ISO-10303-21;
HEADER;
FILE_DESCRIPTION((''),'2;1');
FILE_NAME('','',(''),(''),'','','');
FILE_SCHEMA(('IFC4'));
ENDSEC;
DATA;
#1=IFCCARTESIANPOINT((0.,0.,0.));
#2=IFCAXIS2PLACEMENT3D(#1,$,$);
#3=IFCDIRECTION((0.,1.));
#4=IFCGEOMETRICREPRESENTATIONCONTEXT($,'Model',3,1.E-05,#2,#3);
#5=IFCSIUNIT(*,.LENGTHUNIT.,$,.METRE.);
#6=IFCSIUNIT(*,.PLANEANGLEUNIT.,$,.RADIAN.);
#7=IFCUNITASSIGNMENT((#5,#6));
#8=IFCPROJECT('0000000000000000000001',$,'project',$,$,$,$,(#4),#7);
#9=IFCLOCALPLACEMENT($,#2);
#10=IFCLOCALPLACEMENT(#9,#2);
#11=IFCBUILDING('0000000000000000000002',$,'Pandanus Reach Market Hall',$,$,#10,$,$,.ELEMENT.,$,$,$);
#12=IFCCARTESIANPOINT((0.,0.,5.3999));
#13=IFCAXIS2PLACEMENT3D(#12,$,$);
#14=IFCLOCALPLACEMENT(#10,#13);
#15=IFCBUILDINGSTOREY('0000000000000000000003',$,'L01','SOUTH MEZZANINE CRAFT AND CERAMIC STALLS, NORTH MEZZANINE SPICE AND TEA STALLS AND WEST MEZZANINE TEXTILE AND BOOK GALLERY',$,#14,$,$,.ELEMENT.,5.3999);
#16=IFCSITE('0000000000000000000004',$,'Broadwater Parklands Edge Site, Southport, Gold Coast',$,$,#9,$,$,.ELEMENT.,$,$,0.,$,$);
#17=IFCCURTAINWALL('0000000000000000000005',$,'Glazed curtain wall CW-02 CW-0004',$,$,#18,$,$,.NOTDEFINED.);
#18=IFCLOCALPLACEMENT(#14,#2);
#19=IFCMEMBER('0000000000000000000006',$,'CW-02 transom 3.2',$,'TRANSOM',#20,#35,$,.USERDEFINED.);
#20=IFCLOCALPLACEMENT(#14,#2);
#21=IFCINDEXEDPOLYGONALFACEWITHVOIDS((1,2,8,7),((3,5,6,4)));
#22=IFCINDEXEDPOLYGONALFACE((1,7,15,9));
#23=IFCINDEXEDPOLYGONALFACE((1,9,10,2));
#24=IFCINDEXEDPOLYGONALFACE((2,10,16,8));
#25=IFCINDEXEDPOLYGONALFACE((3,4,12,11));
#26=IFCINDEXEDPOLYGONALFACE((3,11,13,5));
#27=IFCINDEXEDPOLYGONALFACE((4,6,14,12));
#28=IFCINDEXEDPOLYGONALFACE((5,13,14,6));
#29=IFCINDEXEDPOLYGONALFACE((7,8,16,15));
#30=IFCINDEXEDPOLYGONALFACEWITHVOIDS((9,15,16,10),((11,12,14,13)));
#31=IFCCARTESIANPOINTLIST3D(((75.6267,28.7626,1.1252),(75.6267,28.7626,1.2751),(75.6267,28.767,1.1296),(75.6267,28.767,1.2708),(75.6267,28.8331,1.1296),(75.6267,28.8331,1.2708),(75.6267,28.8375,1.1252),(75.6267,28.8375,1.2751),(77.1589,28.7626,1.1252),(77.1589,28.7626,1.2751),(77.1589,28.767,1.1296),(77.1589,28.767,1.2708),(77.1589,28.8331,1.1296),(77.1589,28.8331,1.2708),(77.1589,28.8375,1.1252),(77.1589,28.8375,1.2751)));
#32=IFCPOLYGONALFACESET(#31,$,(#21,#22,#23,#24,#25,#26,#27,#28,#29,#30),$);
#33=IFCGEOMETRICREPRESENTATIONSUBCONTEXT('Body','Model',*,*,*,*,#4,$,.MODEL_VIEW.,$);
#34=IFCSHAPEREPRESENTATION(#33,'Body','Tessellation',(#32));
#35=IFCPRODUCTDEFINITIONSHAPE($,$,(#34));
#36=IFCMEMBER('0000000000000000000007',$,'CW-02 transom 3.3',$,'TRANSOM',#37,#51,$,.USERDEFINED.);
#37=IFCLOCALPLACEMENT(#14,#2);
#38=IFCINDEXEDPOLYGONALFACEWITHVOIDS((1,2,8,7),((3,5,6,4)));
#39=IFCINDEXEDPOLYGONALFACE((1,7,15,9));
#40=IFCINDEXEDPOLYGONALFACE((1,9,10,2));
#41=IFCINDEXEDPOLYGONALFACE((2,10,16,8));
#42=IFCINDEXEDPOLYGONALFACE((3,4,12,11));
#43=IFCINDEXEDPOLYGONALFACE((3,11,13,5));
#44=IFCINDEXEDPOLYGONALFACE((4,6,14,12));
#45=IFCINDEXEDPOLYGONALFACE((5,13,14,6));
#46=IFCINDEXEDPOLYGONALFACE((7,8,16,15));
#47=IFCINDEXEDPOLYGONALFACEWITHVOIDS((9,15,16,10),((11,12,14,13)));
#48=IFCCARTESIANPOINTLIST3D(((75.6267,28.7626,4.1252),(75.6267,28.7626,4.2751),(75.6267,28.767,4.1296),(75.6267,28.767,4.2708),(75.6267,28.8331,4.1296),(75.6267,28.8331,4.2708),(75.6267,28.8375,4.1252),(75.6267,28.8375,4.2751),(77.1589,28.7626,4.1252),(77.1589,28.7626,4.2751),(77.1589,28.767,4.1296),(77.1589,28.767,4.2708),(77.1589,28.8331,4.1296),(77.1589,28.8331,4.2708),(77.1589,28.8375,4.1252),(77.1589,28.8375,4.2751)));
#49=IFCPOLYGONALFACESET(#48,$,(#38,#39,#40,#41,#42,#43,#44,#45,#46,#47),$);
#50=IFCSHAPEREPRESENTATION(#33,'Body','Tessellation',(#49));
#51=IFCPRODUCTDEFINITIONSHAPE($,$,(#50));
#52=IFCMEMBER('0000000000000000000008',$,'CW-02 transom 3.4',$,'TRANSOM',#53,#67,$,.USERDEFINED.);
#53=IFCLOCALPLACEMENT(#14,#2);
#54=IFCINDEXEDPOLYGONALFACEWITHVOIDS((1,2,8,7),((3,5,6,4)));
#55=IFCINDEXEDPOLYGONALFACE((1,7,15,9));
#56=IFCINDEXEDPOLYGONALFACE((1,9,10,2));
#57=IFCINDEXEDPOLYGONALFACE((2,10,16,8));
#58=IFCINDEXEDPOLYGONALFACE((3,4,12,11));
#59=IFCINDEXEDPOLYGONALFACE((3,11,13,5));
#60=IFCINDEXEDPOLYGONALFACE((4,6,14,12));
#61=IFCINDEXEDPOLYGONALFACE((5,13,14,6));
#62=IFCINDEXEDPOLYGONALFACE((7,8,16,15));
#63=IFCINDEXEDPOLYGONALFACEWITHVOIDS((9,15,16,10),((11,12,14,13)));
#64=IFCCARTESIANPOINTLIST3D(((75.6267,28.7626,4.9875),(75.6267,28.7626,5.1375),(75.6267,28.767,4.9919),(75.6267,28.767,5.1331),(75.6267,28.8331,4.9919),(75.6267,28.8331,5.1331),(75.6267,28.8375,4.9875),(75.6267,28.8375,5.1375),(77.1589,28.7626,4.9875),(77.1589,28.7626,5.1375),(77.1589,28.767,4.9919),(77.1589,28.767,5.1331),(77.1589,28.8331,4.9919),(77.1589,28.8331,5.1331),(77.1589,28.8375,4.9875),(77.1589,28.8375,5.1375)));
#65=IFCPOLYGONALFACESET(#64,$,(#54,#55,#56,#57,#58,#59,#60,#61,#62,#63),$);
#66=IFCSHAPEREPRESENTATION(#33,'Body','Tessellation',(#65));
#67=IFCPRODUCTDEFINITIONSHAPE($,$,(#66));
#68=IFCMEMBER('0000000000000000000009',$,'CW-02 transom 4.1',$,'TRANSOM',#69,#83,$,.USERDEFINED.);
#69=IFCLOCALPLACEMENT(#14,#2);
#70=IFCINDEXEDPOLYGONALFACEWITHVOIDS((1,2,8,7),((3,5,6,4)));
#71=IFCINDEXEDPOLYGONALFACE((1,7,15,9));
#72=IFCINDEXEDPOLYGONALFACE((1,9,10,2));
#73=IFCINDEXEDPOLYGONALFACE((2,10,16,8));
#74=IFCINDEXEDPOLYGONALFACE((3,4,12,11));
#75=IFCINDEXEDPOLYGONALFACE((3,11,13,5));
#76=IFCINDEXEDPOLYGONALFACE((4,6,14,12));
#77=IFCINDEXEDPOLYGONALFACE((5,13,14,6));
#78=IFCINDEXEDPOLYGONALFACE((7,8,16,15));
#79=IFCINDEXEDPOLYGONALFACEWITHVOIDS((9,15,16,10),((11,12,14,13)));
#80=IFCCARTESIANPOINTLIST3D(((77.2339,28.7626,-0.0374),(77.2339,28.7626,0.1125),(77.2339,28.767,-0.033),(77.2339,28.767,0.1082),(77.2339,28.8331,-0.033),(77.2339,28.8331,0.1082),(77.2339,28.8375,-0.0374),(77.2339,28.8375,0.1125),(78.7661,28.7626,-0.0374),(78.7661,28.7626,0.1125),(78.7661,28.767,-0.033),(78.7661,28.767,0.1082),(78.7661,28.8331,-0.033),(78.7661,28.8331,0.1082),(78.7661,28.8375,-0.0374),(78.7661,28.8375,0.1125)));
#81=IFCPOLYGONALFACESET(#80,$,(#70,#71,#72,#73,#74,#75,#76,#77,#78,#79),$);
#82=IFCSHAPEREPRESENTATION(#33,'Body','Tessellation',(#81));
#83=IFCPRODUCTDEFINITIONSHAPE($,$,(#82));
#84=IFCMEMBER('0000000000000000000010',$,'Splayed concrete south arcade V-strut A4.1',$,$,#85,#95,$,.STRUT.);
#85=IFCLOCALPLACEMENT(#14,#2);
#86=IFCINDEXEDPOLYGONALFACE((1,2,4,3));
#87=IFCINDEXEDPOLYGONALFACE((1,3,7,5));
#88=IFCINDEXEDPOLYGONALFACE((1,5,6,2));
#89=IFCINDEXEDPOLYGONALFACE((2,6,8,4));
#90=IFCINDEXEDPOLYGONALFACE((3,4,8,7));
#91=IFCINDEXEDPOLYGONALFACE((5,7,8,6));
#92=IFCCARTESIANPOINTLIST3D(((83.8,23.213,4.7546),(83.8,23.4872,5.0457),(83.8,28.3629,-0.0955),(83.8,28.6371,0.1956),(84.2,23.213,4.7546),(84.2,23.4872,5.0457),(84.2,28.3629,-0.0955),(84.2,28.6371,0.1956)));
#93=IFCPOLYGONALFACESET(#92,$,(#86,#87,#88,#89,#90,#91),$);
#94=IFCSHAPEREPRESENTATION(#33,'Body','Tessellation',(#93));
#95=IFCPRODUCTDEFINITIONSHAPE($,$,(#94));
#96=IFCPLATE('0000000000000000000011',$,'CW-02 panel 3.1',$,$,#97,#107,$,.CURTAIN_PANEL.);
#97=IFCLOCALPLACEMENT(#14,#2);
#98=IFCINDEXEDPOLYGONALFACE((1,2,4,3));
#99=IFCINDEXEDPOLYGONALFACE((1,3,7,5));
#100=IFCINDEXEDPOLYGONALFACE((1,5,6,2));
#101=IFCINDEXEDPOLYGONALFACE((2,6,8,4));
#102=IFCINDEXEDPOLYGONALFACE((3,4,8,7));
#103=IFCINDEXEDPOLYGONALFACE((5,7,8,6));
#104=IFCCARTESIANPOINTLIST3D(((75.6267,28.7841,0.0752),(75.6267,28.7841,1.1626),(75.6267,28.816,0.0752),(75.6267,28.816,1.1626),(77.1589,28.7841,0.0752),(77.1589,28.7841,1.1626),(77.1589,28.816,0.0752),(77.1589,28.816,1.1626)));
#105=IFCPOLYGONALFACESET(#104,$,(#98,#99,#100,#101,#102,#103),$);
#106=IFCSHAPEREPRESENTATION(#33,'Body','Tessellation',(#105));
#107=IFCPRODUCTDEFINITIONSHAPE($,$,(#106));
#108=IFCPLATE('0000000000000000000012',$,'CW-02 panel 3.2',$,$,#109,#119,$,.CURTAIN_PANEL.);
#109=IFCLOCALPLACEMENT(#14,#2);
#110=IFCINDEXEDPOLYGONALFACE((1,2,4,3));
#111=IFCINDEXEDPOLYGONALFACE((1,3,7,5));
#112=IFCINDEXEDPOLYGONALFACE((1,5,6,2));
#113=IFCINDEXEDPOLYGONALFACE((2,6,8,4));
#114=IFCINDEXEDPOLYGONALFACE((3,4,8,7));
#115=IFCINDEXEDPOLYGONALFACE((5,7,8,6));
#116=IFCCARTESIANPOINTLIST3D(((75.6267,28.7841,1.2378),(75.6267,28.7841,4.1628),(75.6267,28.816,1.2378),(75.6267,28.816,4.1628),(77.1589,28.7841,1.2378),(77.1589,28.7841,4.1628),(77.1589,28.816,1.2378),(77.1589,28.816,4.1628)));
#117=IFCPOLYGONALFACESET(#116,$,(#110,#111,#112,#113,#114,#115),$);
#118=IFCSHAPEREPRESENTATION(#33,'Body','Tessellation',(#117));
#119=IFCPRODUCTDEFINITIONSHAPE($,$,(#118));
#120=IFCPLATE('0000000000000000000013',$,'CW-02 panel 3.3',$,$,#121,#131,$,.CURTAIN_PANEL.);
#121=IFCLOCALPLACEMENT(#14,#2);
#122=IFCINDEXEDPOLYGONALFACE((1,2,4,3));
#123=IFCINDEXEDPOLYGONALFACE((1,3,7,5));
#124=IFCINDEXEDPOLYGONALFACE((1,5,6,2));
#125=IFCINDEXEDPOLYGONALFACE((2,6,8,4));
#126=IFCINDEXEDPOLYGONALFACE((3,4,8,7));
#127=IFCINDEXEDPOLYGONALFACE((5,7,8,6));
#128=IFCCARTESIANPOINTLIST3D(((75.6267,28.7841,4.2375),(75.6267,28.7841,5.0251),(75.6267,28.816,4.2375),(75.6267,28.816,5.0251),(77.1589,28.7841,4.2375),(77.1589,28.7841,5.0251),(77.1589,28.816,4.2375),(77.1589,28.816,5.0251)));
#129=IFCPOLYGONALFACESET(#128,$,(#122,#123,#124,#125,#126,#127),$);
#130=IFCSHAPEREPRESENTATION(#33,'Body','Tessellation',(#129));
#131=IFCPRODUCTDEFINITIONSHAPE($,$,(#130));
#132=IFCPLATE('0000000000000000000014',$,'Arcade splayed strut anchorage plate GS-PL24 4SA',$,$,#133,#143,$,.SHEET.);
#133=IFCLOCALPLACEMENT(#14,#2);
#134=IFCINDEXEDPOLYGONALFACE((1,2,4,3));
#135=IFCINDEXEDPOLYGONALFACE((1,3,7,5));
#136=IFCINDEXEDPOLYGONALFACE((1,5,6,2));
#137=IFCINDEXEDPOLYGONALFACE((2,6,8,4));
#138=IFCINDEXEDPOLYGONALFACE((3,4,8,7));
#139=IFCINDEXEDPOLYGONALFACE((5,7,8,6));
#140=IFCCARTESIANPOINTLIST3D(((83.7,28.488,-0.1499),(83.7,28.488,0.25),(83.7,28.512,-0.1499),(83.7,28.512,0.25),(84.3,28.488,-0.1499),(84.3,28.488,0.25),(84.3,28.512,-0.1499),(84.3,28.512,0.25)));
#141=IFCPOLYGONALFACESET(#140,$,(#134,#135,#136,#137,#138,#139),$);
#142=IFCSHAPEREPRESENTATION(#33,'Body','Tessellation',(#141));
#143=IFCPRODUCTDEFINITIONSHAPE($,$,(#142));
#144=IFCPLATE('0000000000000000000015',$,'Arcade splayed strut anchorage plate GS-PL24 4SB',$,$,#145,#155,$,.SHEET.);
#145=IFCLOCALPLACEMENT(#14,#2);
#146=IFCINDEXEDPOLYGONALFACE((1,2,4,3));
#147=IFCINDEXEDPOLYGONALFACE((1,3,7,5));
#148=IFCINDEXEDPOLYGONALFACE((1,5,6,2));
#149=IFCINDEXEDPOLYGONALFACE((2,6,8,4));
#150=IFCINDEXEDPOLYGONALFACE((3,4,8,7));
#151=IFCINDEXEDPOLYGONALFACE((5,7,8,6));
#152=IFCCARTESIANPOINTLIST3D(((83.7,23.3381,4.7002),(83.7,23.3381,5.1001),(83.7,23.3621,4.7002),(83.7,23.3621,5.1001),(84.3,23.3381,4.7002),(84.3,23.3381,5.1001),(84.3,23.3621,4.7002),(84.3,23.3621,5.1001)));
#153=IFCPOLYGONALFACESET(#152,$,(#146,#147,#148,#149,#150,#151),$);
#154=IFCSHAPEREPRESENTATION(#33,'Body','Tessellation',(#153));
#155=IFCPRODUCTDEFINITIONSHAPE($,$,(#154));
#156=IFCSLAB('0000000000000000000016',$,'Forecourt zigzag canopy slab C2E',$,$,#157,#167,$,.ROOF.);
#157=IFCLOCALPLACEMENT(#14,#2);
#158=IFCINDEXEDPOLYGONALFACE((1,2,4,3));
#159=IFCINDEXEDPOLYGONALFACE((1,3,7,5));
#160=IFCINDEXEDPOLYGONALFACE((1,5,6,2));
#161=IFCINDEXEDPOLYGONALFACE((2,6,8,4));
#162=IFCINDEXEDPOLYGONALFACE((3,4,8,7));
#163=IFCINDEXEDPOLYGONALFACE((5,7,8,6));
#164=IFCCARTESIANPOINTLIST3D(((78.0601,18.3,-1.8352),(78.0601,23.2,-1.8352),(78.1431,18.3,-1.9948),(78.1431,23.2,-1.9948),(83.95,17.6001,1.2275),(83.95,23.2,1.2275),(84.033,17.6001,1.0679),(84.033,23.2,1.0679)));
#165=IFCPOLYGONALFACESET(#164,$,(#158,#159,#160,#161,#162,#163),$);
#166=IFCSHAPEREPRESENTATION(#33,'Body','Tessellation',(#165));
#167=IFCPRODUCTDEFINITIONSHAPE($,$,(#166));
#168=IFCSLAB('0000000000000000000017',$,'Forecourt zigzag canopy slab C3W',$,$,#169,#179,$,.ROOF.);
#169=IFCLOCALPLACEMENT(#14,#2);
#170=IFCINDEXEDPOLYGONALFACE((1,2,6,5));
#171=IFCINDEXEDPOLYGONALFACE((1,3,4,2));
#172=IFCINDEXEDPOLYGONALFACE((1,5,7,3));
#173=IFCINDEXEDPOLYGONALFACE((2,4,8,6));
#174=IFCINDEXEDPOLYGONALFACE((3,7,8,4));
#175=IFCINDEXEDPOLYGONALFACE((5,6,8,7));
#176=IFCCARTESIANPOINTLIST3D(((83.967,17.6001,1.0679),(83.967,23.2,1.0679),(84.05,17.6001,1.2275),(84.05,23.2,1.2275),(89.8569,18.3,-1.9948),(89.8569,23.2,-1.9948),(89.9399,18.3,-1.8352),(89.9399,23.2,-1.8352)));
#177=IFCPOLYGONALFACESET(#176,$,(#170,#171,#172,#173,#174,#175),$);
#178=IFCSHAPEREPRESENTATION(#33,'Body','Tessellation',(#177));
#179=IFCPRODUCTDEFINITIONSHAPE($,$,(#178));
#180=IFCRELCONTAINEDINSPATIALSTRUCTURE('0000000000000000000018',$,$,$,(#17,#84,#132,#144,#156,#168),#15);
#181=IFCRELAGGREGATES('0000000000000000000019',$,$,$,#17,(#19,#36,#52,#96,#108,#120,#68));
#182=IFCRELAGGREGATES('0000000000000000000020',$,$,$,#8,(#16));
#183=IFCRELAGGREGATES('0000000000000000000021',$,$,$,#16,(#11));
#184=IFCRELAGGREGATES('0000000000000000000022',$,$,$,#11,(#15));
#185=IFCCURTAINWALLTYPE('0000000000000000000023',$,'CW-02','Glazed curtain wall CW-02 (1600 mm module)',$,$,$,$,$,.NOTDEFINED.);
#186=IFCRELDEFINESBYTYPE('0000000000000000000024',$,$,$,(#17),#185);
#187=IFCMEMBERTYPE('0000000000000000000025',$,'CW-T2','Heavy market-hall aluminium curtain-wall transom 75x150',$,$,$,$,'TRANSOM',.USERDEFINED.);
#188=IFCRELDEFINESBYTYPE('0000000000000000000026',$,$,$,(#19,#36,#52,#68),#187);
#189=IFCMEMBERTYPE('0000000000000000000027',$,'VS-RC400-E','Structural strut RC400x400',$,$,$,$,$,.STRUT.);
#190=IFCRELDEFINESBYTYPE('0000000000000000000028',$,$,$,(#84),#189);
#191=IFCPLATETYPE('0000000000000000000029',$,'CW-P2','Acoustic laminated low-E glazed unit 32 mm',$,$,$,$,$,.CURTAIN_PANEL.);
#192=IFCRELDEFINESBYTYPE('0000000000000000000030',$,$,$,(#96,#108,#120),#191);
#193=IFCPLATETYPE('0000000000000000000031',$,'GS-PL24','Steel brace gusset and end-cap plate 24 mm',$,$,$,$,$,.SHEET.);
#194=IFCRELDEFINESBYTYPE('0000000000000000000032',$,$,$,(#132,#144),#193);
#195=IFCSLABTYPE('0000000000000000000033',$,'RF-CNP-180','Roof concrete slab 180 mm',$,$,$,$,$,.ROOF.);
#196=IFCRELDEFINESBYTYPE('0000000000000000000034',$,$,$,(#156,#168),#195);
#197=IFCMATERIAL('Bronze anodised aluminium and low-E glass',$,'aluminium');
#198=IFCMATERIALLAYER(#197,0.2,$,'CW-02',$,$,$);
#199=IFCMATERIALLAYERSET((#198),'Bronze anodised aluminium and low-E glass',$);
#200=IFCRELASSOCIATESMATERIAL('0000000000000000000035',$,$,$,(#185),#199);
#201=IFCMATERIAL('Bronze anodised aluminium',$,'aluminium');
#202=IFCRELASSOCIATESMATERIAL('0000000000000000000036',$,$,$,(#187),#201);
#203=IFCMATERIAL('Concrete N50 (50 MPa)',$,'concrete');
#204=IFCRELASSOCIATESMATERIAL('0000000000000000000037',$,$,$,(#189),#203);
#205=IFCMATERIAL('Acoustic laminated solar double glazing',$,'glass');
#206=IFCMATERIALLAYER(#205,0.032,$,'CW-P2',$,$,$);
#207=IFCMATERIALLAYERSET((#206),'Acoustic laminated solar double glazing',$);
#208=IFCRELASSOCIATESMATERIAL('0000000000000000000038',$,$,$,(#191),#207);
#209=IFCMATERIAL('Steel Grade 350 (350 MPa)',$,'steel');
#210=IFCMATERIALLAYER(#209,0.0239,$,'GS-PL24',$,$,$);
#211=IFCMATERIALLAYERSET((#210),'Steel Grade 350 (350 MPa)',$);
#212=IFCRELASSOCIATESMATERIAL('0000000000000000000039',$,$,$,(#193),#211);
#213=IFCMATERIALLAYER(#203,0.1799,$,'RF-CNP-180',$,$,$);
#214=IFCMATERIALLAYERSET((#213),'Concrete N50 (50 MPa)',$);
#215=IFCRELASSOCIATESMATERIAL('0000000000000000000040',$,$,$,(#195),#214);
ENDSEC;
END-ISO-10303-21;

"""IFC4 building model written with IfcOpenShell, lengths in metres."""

from ifc_helpers import new_model, si_unit, direction, frame, origin, origin_2d, place, context, subcontext, project, spatial, polyline, rectangle, hollow_rectangle, outline, extrude, material, layer, layer_set, material_profile, profile_set, type_object, element, aggregate, save


model = new_model("IFC4")

# Units and contexts
model_context = context("Model", 3, precision=1e-05, world=origin(), true_north=direction((0.0, 1.0)))
body_context = subcontext(model_context, "Body", "Model", "MODEL_VIEW")
ifc_project = project(units=[si_unit("LENGTHUNIT", "METRE"), si_unit("PLANEANGLEUNIT", "RADIAN")], contexts=[model_context])

# Site, building, storey
site_placement = place(None, origin())
site = spatial("IfcSite", under=ifc_project, at=site_placement, Name="Broadwater Parklands Edge Site, Southport, Gold Coast", CompositionType="ELEMENT", RefElevation=0.0)
building_placement = place(site_placement, origin())
building = spatial("IfcBuilding", under=site, at=building_placement, Name="Pandanus Reach Market Hall", CompositionType="ELEMENT")
storey_placement = place(building_placement, frame((0.0, 0.0, 5.3999)))
storey = spatial("IfcBuildingStorey", under=building, at=storey_placement, Name="L01", Description="SOUTH MEZZANINE CRAFT AND CERAMIC STALLS, NORTH MEZZANINE SPICE AND TEA STALLS AND WEST MEZZANINE TEXTILE AND BOOK GALLERY", CompositionType="ELEMENT", Elevation=5.3999)

# Shared definitions
ifc_material_1 = material(Name="Concrete N50 (50 MPa)", Category="concrete")

# Shared definitions
ifc_material_2 = material(Name="Steel Grade 350 (350 MPa)", Category="steel")

# Curtain wall, members
ifc_material_3 = material(Name="Bronze anodised aluminium and low-E glass", Category="aluminium")
ifc_layer_1 = layer(ifc_material_3, 0.2, Name="CW-02")
ifc_layer_set_1 = layer_set([ifc_layer_1], Name="Bronze anodised aluminium and low-E glass")
curtain_wall_type = type_object("IfcCurtainWallType", Name="CW-02", Description="Glazed curtain wall CW-02 (1600 mm module)", PredefinedType="NOTDEFINED", material=ifc_layer_set_1)
curtain_wall_placement = place(storey_placement, origin())
curtain_wall = element("IfcCurtainWall", 1, at=curtain_wall_placement, inside=storey, type_object=curtain_wall_type, Name="Glazed curtain wall CW-02 CW-0004", PredefinedType="NOTDEFINED")
ifc_material_4 = material(Name="Bronze anodised aluminium", Category="aluminium")
ifc_material_profile_1 = material_profile(ifc_material_4, hollow_rectangle(XDim=0.075, YDim=0.1499, WallThickness=0.0044, at=origin_2d()), Name="ALU75x150", Category="LoadBearing")
ifc_profile_set_1 = profile_set([ifc_material_profile_1], Name="Bronze anodised aluminium")
member_type_1 = type_object("IfcMemberType", Name="CW-T2", Description="Heavy market-hall aluminium curtain-wall transom 75x150", ElementType="TRANSOM", PredefinedType="USERDEFINED", material=ifc_profile_set_1)
member_1_placement = place(storey_placement, frame((75.6267, 28.8, 1.2002), z_axis=(1.0, 0.0, 0.0), x_axis=(0.0, 1.0, 0.0)))
member_1 = element("IfcMember", 2, at=member_1_placement, type_object=member_type_1, Name="CW-02 transom 3.2", ObjectType="TRANSOM", PredefinedType="USERDEFINED", context=body_context, shape_type="SweptSolid", body=[
    extrude(hollow_rectangle(XDim=0.075, YDim=0.1499, WallThickness=0.0044, at=origin_2d()), origin(), (0.0, 0.0, 1.0), 1.5322),
])
member_2_placement = place(storey_placement, frame((75.6267, 28.8, 4.2002), z_axis=(1.0, 0.0, 0.0), x_axis=(0.0, 1.0, 0.0)))
member_2 = element("IfcMember", 3, at=member_2_placement, type_object=member_type_1, Name="CW-02 transom 3.3", ObjectType="TRANSOM", PredefinedType="USERDEFINED", context=body_context, shape_type="SweptSolid", body=[
    extrude(hollow_rectangle(XDim=0.075, YDim=0.1499, WallThickness=0.0044, at=origin_2d()), origin(), (0.0, 0.0, 1.0), 1.5322),
])
member_3_placement = place(storey_placement, frame((75.6267, 28.8, 5.0625), z_axis=(1.0, 0.0, 0.0), x_axis=(0.0, 1.0, 0.0)))
member_3 = element("IfcMember", 4, at=member_3_placement, type_object=member_type_1, Name="CW-02 transom 3.4", ObjectType="TRANSOM", PredefinedType="USERDEFINED", context=body_context, shape_type="SweptSolid", body=[
    extrude(hollow_rectangle(XDim=0.075, YDim=0.1499, WallThickness=0.0044, at=origin_2d()), origin(), (0.0, 0.0, 1.0), 1.5322),
])
member_4_placement = place(storey_placement, frame((77.2339, 28.8, 0.0376), z_axis=(1.0, 0.0, 0.0), x_axis=(0.0, 1.0, 0.0)))
member_4 = element("IfcMember", 5, at=member_4_placement, type_object=member_type_1, Name="CW-02 transom 4.1", ObjectType="TRANSOM", PredefinedType="USERDEFINED", context=body_context, shape_type="SweptSolid", body=[
    extrude(hollow_rectangle(XDim=0.075, YDim=0.1499, WallThickness=0.0044, at=origin_2d()), origin(), (0.0, 0.0, 1.0), 1.5322),
])

# Member
ifc_material_profile_2 = material_profile(ifc_material_1, rectangle(XDim=0.3999, YDim=0.3999, at=origin_2d()), Name="RC400x400", Category="LoadBearing")
ifc_profile_set_2 = profile_set([ifc_material_profile_2], Name="Concrete N50 (50 MPa)")
member_type_2 = type_object("IfcMemberType", Name="VS-RC400-E", Description="Structural strut RC400x400", PredefinedType="STRUT", material=ifc_profile_set_2)
member_5_placement = place(storey_placement, frame((84.0, 28.5, 0.05), z_axis=(0.0, -0.727979, 0.685599), x_axis=(1.0, 0.0, 0.0)))
element("IfcMember", 6, at=member_5_placement, inside=storey, type_object=member_type_2, Name="Splayed concrete south arcade V-strut A4.1", PredefinedType="STRUT", context=body_context, shape_type="SweptSolid", body=[
    extrude(rectangle(XDim=0.3999, YDim=0.3999, at=origin_2d()), origin(), (0.0, 0.0, 1.0), 7.0742),
])

# Plates
ifc_material_5 = material(Name="Acoustic laminated solar double glazing", Category="glass")
ifc_layer_2 = layer(ifc_material_5, 0.032, Name="CW-P2")
ifc_layer_set_2 = layer_set([ifc_layer_2], Name="Acoustic laminated solar double glazing")
plate_type_1 = type_object("IfcPlateType", Name="CW-P2", Description="Acoustic laminated low-E glazed unit 32 mm", PredefinedType="CURTAIN_PANEL", material=ifc_layer_set_2)
plate_1_placement = place(storey_placement, frame((76.3928, 28.8, 0.0752), z_axis=(0.0, 0.0, 1.0), x_axis=(1.0, 0.0, 0.0)))
plate_1 = element("IfcPlate", 7, at=plate_1_placement, type_object=plate_type_1, Name="CW-02 panel 3.1", PredefinedType="CURTAIN_PANEL", context=body_context, shape_type="SweptSolid", body=[
    extrude(rectangle(XDim=1.5322, YDim=0.032, at=origin_2d()), origin(), (0.0, 0.0, 1.0), 1.0874),
])
plate_2_placement = place(storey_placement, frame((76.3928, 28.8, 1.2378), z_axis=(0.0, 0.0, 1.0), x_axis=(1.0, 0.0, 0.0)))
plate_2 = element("IfcPlate", 8, at=plate_2_placement, type_object=plate_type_1, Name="CW-02 panel 3.2", PredefinedType="CURTAIN_PANEL", context=body_context, shape_type="SweptSolid", body=[
    extrude(rectangle(XDim=1.5322, YDim=0.032, at=origin_2d()), origin(), (0.0, 0.0, 1.0), 2.925),
])
plate_3_placement = place(storey_placement, frame((76.3928, 28.8, 4.2375), z_axis=(0.0, 0.0, 1.0), x_axis=(1.0, 0.0, 0.0)))
plate_3 = element("IfcPlate", 9, at=plate_3_placement, type_object=plate_type_1, Name="CW-02 panel 3.3", PredefinedType="CURTAIN_PANEL", context=body_context, shape_type="SweptSolid", body=[
    extrude(rectangle(XDim=1.5322, YDim=0.032, at=origin_2d()), origin(), (0.0, 0.0, 1.0), 0.7876),
])
aggregate(curtain_wall, [member_1, member_2, member_3, plate_1, plate_2, plate_3, member_4])

# Plates
ifc_layer_3 = layer(ifc_material_2, 0.0239, Name="GS-PL24")
ifc_layer_set_3 = layer_set([ifc_layer_3], Name="Steel Grade 350 (350 MPa)")
plate_type_2 = type_object("IfcPlateType", Name="GS-PL24", Description="Steel brace gusset and end-cap plate 24 mm", PredefinedType="SHEET", material=ifc_layer_set_3)
for number, where, z_axis, x_axis, name in (
    (10, (84.0, 28.5, -0.1499), (0.0, 0.0, 1.0), (1.0, 0.0, 0.0), "Arcade splayed strut anchorage plate GS-PL24 4SA"),
    (11, (84.0, 23.3501, 4.7002), (0.0, 0.0, 1.0), (1.0, 0.0, 0.0), "Arcade splayed strut anchorage plate GS-PL24 4SB"),
):
    element("IfcPlate", number, at=place(storey_placement, frame(where, z_axis=z_axis, x_axis=x_axis)), inside=storey, type_object=plate_type_2, Name=name, PredefinedType="SHEET", context=body_context, shape_type="SweptSolid", body=[
        extrude(rectangle(XDim=0.6001, YDim=0.0239, at=origin_2d()), origin(), (0.0, 0.0, 1.0), 0.3999),
    ])

# Slabs
ifc_layer_4 = layer(ifc_material_1, 0.1799, Name="RF-CNP-180")
ifc_layer_set_4 = layer_set([ifc_layer_4], Name="Concrete N50 (50 MPa)")
slab_type = type_object("IfcSlabType", Name="RF-CNP-180", Description="Roof concrete slab 180 mm", PredefinedType="ROOF", material=ifc_layer_set_4)
slab_1_placement = place(storey_placement, frame((78.0601, 18.3, -1.8352), z_axis=(-0.461353, 0.0, 0.887217), x_axis=(0.882326, -0.104855, 0.45881)))
element("IfcSlab", 12, at=slab_1_placement, inside=storey, type_object=slab_type, Name="Forecourt zigzag canopy slab C2E", PredefinedType="ROOF", context=body_context, shape_type="SweptSolid", body=[
    extrude(outline(polyline([(0.0, 0.0), (6.6754, 0.0), (6.0882, 5.569), (-0.5138, 4.8729), (0.0, 0.0)])), origin(), (0.0, 0.0, -1.0), 0.1799),
])
slab_2_placement = place(storey_placement, frame((84.05, 17.6001, 1.2275), z_axis=(0.461353, 0.0, 0.887217), x_axis=(0.882326, 0.104855, -0.45881)))
element("IfcSlab", 13, at=slab_2_placement, inside=storey, type_object=slab_type, Name="Forecourt zigzag canopy slab C3W", PredefinedType="ROOF", context=body_context, shape_type="SweptSolid", body=[
    extrude(outline(polyline([(0.0, 0.0), (6.6754, 0.0), (7.1892, 4.8729), (0.5872, 5.569), (0.0, 0.0)])), origin(), (0.0, 0.0, -1.0), 0.1799),
])

save(model, "model.ifc")
